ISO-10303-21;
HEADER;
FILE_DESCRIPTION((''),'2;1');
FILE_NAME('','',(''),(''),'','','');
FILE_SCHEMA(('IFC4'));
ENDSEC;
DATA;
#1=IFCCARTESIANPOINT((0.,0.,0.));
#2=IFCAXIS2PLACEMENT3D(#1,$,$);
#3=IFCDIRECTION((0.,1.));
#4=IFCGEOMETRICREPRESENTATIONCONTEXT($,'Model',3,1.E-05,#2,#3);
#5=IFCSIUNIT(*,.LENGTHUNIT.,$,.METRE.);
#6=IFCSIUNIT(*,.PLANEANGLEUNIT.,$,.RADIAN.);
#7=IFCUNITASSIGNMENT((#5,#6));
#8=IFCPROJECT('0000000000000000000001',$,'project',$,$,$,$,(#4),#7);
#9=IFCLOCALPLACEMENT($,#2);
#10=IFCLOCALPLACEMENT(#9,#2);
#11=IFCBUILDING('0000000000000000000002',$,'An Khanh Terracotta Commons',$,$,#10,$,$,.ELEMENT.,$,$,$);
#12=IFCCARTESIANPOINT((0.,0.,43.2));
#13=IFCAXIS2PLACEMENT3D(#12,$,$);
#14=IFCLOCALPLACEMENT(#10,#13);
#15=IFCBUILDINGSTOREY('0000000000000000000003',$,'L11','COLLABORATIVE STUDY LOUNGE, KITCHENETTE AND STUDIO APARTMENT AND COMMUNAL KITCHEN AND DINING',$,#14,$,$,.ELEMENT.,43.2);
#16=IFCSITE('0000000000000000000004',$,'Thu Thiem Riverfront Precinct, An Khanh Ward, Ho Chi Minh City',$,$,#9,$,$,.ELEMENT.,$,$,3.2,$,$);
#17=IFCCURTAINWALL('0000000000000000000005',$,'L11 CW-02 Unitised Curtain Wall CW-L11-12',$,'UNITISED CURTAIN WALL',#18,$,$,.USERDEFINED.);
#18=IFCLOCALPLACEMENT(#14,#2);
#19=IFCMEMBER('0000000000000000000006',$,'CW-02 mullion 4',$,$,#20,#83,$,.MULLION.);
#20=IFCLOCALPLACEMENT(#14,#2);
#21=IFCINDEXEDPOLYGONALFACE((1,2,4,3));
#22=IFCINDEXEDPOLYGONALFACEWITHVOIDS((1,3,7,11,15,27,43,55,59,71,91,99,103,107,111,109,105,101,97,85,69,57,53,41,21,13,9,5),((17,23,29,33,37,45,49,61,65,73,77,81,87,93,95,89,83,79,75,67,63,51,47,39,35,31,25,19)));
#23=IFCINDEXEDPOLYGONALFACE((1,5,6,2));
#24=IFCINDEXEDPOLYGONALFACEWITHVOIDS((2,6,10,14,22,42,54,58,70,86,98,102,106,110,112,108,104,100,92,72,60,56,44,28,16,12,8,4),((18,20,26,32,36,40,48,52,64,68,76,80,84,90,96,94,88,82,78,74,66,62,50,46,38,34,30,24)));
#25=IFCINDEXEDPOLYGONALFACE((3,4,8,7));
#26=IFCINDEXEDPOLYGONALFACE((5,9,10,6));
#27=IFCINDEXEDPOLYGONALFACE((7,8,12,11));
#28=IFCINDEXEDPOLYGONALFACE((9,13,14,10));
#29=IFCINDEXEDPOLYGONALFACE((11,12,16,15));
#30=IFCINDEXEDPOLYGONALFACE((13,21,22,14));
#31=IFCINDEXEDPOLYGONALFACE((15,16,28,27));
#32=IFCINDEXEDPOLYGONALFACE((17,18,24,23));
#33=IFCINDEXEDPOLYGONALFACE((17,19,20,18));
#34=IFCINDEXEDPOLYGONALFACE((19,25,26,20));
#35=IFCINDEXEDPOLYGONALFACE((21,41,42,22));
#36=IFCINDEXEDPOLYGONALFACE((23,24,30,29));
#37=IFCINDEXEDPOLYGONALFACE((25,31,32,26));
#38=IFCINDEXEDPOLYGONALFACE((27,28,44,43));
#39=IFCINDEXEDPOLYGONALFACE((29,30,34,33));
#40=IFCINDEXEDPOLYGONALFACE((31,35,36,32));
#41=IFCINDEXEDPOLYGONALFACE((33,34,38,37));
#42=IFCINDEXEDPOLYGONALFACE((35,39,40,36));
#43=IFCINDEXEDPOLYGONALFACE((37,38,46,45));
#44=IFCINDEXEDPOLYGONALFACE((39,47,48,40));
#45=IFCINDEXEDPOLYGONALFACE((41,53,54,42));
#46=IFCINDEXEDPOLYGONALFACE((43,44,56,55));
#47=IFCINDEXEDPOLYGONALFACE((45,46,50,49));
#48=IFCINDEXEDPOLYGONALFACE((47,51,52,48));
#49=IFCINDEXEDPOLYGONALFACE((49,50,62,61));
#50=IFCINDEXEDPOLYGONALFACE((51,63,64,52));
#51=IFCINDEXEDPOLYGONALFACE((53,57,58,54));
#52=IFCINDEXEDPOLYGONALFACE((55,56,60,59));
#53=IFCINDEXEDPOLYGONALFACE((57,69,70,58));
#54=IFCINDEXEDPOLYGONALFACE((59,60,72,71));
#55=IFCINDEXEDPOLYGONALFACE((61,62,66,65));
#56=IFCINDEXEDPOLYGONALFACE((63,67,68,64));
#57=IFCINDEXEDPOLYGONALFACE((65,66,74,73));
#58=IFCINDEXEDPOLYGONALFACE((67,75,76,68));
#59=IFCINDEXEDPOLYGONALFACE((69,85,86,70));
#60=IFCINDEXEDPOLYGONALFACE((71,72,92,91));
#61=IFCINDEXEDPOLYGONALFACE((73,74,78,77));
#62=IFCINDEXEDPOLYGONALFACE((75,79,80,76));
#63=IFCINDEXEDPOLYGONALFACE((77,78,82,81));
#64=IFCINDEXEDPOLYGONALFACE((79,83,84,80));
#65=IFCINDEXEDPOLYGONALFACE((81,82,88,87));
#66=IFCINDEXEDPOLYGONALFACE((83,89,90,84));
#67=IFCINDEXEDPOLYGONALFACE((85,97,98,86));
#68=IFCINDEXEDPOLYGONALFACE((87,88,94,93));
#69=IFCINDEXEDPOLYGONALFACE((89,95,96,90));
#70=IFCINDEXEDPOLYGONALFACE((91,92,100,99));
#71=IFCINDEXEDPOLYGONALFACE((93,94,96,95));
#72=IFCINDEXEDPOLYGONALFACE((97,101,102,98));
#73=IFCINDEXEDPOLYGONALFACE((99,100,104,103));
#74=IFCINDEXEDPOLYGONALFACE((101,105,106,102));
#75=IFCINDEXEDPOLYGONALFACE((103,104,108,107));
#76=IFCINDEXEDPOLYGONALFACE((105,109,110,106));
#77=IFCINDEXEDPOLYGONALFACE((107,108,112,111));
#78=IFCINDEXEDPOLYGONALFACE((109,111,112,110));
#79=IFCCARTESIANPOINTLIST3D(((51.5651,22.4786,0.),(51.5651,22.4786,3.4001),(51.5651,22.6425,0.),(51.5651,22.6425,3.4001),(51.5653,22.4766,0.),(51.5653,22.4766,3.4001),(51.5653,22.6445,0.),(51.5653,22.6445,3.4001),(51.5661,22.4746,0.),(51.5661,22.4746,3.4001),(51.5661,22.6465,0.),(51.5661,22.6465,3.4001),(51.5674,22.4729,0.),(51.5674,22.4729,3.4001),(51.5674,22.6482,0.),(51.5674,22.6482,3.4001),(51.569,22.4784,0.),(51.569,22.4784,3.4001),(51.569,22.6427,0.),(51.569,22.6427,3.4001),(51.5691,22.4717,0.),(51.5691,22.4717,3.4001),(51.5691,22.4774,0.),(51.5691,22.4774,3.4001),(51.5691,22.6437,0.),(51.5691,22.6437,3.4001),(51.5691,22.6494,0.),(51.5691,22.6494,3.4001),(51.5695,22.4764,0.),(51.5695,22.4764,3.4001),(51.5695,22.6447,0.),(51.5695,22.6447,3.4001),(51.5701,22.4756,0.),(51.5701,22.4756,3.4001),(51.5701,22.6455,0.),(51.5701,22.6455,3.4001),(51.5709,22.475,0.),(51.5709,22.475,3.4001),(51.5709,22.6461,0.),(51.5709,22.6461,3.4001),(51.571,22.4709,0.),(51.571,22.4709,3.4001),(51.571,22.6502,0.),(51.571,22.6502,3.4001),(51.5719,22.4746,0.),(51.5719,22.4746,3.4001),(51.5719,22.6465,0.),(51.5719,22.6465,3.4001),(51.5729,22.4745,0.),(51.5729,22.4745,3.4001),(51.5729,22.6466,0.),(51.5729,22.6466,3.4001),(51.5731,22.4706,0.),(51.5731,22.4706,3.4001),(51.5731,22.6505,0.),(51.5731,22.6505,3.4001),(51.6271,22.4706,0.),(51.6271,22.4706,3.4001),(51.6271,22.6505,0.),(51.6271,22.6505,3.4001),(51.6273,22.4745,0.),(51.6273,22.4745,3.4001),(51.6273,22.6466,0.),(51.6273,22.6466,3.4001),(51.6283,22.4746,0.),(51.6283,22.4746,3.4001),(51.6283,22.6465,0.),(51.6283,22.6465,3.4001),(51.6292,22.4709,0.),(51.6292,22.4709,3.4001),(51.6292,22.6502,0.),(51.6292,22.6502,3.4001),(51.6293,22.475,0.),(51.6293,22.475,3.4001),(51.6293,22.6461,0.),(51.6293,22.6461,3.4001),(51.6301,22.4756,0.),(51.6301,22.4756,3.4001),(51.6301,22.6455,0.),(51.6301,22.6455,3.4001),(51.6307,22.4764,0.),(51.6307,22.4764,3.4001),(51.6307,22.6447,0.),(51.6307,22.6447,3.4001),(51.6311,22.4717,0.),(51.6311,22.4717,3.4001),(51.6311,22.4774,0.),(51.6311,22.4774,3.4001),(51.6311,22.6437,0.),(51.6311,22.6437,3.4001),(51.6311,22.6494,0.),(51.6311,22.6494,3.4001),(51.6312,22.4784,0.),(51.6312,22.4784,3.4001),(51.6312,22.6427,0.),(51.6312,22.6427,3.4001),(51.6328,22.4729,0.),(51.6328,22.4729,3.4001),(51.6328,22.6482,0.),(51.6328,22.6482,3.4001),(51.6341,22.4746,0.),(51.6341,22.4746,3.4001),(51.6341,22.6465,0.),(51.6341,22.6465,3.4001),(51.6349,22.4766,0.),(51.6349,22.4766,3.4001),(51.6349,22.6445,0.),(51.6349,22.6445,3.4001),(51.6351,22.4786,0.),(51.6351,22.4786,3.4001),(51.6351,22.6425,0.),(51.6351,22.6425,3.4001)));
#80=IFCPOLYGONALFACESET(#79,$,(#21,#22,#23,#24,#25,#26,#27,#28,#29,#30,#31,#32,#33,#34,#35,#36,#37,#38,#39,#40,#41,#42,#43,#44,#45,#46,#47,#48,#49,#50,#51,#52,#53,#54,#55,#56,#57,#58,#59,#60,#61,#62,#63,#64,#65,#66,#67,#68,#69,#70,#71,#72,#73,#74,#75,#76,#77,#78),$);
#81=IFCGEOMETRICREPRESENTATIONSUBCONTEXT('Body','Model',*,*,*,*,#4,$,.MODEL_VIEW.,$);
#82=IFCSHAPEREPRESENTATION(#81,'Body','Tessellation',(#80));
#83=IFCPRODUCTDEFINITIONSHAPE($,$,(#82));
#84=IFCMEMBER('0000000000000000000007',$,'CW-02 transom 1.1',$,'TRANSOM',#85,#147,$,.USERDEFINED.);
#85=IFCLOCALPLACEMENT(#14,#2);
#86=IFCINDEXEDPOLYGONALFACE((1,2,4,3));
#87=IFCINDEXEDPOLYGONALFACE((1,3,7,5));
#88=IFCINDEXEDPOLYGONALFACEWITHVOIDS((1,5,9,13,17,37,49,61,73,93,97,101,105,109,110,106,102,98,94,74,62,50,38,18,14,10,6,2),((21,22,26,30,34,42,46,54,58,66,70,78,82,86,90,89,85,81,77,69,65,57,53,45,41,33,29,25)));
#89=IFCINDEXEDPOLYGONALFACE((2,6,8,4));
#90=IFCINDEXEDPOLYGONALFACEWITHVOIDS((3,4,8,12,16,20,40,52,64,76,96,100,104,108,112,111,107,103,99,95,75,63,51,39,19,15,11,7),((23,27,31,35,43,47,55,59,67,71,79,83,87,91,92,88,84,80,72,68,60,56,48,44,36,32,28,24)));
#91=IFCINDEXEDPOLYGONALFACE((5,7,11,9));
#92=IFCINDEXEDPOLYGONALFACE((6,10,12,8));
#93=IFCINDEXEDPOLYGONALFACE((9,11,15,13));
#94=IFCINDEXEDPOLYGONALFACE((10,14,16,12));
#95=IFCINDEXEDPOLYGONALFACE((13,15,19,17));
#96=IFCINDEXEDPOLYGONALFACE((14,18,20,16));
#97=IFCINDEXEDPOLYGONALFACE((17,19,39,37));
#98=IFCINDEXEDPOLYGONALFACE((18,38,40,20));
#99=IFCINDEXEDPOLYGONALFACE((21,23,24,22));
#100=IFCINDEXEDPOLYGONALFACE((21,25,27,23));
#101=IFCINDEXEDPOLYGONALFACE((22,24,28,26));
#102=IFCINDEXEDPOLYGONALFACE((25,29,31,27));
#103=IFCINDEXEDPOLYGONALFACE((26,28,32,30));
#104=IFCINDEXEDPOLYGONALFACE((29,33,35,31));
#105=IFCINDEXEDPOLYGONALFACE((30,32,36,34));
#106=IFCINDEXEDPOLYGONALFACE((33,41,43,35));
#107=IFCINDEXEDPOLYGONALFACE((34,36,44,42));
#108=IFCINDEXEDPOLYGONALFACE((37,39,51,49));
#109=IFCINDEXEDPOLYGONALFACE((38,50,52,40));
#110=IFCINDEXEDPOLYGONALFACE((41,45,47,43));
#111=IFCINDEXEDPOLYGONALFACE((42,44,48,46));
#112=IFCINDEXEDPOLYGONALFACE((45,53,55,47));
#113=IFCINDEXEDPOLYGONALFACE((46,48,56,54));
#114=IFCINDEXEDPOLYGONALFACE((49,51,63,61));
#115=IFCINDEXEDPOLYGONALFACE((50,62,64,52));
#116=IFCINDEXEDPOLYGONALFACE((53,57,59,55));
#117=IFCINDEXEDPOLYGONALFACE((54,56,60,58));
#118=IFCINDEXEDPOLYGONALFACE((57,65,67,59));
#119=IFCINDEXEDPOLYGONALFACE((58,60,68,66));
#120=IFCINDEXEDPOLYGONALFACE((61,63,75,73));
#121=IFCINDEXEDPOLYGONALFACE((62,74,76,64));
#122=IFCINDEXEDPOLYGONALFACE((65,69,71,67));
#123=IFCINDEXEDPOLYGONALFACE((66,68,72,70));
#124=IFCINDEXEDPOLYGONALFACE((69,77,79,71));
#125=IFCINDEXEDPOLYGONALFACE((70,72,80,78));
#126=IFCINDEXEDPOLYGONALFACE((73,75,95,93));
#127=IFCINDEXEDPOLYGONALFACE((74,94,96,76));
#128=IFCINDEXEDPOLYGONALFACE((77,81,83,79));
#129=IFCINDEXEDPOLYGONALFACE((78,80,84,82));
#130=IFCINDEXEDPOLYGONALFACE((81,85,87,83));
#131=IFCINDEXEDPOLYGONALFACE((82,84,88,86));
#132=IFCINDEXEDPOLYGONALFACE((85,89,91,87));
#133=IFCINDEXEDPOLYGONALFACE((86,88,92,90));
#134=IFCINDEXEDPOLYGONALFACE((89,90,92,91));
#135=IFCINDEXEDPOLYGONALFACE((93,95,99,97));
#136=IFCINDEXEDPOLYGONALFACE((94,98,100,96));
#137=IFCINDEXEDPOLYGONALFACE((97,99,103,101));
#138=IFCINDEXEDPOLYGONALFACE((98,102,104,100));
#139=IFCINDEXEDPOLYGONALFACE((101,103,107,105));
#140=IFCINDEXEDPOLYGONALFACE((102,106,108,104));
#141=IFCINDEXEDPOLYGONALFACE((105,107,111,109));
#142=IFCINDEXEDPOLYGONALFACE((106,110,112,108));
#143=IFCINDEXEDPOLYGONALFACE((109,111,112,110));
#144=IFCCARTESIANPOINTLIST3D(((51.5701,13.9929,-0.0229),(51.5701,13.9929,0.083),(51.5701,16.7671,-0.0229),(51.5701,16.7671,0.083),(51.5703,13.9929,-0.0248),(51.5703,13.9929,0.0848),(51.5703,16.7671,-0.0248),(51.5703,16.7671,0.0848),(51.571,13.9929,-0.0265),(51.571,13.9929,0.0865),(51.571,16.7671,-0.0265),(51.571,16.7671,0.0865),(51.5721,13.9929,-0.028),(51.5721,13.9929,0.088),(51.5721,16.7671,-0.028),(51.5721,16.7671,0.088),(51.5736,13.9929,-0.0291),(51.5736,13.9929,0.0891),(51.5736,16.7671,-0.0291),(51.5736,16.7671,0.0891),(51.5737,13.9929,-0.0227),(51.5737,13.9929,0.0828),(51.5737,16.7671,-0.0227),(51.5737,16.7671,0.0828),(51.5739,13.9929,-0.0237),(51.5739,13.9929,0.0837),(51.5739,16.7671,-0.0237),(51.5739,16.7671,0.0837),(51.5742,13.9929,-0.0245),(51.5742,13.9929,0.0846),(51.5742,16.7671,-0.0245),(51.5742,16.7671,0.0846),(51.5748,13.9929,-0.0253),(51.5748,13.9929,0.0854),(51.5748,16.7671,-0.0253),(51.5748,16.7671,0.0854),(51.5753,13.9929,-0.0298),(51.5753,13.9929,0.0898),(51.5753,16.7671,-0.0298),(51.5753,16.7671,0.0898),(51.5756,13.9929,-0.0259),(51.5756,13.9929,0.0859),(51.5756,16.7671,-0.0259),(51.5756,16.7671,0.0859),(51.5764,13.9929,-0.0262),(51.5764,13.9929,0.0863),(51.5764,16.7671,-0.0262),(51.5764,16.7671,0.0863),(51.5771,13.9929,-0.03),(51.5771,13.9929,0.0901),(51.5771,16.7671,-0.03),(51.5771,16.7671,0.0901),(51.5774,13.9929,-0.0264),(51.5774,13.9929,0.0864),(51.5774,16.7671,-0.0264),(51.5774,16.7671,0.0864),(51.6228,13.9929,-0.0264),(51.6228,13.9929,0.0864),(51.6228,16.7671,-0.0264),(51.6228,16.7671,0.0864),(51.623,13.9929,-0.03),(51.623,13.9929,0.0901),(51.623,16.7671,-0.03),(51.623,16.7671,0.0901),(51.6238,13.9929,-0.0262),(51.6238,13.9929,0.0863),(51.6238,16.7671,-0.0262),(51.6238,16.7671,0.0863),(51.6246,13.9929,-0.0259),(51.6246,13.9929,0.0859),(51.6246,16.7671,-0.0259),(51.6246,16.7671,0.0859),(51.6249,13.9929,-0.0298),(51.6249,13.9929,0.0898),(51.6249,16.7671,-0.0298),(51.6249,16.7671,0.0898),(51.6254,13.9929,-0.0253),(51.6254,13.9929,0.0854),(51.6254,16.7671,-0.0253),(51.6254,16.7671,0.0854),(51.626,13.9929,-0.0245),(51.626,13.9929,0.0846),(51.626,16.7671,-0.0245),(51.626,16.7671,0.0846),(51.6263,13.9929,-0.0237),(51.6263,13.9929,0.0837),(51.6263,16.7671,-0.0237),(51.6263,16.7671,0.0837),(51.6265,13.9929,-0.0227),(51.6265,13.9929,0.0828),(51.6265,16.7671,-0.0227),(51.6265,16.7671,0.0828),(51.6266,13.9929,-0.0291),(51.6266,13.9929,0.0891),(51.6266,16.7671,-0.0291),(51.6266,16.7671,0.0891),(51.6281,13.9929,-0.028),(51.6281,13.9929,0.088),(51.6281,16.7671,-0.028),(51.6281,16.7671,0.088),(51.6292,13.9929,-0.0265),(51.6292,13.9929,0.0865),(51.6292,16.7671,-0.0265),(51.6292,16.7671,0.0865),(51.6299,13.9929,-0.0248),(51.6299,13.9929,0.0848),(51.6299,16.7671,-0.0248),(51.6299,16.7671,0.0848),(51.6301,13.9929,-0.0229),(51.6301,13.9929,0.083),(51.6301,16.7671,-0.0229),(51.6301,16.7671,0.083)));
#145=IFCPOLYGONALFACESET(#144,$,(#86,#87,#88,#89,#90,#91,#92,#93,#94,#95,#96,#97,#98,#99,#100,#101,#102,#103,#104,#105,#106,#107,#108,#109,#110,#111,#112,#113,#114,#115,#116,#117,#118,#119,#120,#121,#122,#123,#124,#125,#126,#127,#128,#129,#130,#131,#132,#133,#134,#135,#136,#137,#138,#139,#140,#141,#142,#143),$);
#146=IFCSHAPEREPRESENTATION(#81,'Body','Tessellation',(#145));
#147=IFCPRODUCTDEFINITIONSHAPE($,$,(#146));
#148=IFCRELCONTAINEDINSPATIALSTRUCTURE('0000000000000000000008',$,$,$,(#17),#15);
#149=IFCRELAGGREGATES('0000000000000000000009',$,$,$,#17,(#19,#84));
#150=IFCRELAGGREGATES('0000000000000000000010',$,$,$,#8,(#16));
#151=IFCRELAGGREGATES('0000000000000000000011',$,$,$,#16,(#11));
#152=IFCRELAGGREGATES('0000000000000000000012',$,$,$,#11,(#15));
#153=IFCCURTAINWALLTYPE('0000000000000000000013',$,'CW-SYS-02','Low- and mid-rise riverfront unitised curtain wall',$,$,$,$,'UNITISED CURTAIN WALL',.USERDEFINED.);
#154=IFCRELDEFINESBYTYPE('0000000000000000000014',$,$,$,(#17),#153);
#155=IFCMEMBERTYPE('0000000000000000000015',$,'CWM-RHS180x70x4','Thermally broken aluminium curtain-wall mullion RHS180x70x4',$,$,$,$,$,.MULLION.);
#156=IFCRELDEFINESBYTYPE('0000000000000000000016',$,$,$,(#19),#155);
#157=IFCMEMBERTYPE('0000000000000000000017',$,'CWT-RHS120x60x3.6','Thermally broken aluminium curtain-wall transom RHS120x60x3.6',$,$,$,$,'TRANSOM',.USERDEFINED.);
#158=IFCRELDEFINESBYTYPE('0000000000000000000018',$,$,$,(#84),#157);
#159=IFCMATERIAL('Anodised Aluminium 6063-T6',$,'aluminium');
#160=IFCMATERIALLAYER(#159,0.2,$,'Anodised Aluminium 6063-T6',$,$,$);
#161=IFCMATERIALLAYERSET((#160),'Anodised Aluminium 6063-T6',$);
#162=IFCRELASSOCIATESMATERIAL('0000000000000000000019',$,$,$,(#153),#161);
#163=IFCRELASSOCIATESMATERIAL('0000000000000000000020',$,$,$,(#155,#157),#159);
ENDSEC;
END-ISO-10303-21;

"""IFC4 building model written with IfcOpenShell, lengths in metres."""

from ifc_helpers import new_model, si_unit, direction, frame, origin, origin_2d, place, context, subcontext, project, spatial, hollow_rectangle, extrude, material, layer, layer_set, material_profile, profile_set, type_object, element, aggregate, save


model = new_model("IFC4")

# Units and contexts
model_context = context("Model", 3, precision=1e-05, world=origin(), true_north=direction((0.0, 1.0)))
body_context = subcontext(model_context, "Body", "Model", "MODEL_VIEW")
ifc_project = project(units=[si_unit("LENGTHUNIT", "METRE"), si_unit("PLANEANGLEUNIT", "RADIAN")], contexts=[model_context])

# Site, building, storey
site_placement = place(None, origin())
site = spatial("IfcSite", under=ifc_project, at=site_placement, Name="Thu Thiem Riverfront Precinct, An Khanh Ward, Ho Chi Minh City", CompositionType="ELEMENT", RefElevation=3.2)
building_placement = place(site_placement, origin())
building = spatial("IfcBuilding", under=site, at=building_placement, Name="An Khanh Terracotta Commons", CompositionType="ELEMENT")
storey_placement = place(building_placement, frame((0.0, 0.0, 43.2)))
storey = spatial("IfcBuildingStorey", under=building, at=storey_placement, Name="L11", Description="COLLABORATIVE STUDY LOUNGE, KITCHENETTE AND STUDIO APARTMENT AND COMMUNAL KITCHEN AND DINING", CompositionType="ELEMENT", Elevation=43.2)

# Curtain wall, members
ifc_material_1 = material(Name="Anodised Aluminium 6063-T6", Category="aluminium")
ifc_layer_1 = layer(ifc_material_1, 0.2, Name="Anodised Aluminium 6063-T6")
ifc_layer_set_1 = layer_set([ifc_layer_1], Name="Anodised Aluminium 6063-T6")
curtain_wall_type = type_object("IfcCurtainWallType", Name="CW-SYS-02", Description="Low- and mid-rise riverfront unitised curtain wall", ElementType="UNITISED CURTAIN WALL", PredefinedType="USERDEFINED", material=ifc_layer_set_1)
curtain_wall_placement = place(storey_placement, origin())
curtain_wall = element("IfcCurtainWall", 1, at=curtain_wall_placement, inside=storey, type_object=curtain_wall_type, Name="L11 CW-02 Unitised Curtain Wall CW-L11-12", ObjectType="UNITISED CURTAIN WALL", PredefinedType="USERDEFINED")
ifc_material_profile_1 = material_profile(ifc_material_1, hollow_rectangle(XDim=0.0701, YDim=0.1799, WallThickness=0.0039, InnerFilletRadius=0.0039, OuterFilletRadius=0.0081, at=origin_2d()), Name="RHS180x70x4")
ifc_profile_set_1 = profile_set([ifc_material_profile_1], Name="Anodised Aluminium 6063-T6")
member_type_1 = type_object("IfcMemberType", Name="CWM-RHS180x70x4", Description="Thermally broken aluminium curtain-wall mullion RHS180x70x4", PredefinedType="MULLION", material=ifc_profile_set_1)
member_1_placement = place(storey_placement, frame((51.6001, 22.5605, 0.0), z_axis=(0.0, 0.0, 1.0), x_axis=(-1.0, 0.0, 0.0)))
member_1 = element("IfcMember", 2, at=member_1_placement, type_object=member_type_1, Name="CW-02 mullion 4", PredefinedType="MULLION", context=body_context, shape_type="SweptSolid", body=[
    extrude(hollow_rectangle(XDim=0.0701, YDim=0.1799, WallThickness=0.0039, InnerFilletRadius=0.0039, OuterFilletRadius=0.0081, at=origin_2d()), origin(), (0.0, 0.0, 1.0), 3.4001),
])
ifc_material_profile_2 = material_profile(ifc_material_1, hollow_rectangle(XDim=0.0601, YDim=0.1201, WallThickness=0.0037, InnerFilletRadius=0.0037, OuterFilletRadius=0.0071, at=origin_2d()), Name="RHS120x60x3.6")
ifc_profile_set_2 = profile_set([ifc_material_profile_2], Name="Anodised Aluminium 6063-T6")
member_type_2 = type_object("IfcMemberType", Name="CWT-RHS120x60x3.6", Description="Thermally broken aluminium curtain-wall transom RHS120x60x3.6", ElementType="TRANSOM", PredefinedType="USERDEFINED", material=ifc_profile_set_2)
member_2_placement = place(storey_placement, frame((51.6001, 13.9929, 0.03), z_axis=(0.0, 1.0, 0.0), x_axis=(-1.0, 0.0, 0.0)))
member_2 = element("IfcMember", 3, at=member_2_placement, type_object=member_type_2, Name="CW-02 transom 1.1", ObjectType="TRANSOM", PredefinedType="USERDEFINED", context=body_context, shape_type="SweptSolid", body=[
    extrude(hollow_rectangle(XDim=0.0601, YDim=0.1201, WallThickness=0.0037, InnerFilletRadius=0.0037, OuterFilletRadius=0.0071, at=origin_2d()), origin(), (0.0, 0.0, 1.0), 2.7742),
])
aggregate(curtain_wall, [member_1, member_2])

save(model, "model.ifc")
